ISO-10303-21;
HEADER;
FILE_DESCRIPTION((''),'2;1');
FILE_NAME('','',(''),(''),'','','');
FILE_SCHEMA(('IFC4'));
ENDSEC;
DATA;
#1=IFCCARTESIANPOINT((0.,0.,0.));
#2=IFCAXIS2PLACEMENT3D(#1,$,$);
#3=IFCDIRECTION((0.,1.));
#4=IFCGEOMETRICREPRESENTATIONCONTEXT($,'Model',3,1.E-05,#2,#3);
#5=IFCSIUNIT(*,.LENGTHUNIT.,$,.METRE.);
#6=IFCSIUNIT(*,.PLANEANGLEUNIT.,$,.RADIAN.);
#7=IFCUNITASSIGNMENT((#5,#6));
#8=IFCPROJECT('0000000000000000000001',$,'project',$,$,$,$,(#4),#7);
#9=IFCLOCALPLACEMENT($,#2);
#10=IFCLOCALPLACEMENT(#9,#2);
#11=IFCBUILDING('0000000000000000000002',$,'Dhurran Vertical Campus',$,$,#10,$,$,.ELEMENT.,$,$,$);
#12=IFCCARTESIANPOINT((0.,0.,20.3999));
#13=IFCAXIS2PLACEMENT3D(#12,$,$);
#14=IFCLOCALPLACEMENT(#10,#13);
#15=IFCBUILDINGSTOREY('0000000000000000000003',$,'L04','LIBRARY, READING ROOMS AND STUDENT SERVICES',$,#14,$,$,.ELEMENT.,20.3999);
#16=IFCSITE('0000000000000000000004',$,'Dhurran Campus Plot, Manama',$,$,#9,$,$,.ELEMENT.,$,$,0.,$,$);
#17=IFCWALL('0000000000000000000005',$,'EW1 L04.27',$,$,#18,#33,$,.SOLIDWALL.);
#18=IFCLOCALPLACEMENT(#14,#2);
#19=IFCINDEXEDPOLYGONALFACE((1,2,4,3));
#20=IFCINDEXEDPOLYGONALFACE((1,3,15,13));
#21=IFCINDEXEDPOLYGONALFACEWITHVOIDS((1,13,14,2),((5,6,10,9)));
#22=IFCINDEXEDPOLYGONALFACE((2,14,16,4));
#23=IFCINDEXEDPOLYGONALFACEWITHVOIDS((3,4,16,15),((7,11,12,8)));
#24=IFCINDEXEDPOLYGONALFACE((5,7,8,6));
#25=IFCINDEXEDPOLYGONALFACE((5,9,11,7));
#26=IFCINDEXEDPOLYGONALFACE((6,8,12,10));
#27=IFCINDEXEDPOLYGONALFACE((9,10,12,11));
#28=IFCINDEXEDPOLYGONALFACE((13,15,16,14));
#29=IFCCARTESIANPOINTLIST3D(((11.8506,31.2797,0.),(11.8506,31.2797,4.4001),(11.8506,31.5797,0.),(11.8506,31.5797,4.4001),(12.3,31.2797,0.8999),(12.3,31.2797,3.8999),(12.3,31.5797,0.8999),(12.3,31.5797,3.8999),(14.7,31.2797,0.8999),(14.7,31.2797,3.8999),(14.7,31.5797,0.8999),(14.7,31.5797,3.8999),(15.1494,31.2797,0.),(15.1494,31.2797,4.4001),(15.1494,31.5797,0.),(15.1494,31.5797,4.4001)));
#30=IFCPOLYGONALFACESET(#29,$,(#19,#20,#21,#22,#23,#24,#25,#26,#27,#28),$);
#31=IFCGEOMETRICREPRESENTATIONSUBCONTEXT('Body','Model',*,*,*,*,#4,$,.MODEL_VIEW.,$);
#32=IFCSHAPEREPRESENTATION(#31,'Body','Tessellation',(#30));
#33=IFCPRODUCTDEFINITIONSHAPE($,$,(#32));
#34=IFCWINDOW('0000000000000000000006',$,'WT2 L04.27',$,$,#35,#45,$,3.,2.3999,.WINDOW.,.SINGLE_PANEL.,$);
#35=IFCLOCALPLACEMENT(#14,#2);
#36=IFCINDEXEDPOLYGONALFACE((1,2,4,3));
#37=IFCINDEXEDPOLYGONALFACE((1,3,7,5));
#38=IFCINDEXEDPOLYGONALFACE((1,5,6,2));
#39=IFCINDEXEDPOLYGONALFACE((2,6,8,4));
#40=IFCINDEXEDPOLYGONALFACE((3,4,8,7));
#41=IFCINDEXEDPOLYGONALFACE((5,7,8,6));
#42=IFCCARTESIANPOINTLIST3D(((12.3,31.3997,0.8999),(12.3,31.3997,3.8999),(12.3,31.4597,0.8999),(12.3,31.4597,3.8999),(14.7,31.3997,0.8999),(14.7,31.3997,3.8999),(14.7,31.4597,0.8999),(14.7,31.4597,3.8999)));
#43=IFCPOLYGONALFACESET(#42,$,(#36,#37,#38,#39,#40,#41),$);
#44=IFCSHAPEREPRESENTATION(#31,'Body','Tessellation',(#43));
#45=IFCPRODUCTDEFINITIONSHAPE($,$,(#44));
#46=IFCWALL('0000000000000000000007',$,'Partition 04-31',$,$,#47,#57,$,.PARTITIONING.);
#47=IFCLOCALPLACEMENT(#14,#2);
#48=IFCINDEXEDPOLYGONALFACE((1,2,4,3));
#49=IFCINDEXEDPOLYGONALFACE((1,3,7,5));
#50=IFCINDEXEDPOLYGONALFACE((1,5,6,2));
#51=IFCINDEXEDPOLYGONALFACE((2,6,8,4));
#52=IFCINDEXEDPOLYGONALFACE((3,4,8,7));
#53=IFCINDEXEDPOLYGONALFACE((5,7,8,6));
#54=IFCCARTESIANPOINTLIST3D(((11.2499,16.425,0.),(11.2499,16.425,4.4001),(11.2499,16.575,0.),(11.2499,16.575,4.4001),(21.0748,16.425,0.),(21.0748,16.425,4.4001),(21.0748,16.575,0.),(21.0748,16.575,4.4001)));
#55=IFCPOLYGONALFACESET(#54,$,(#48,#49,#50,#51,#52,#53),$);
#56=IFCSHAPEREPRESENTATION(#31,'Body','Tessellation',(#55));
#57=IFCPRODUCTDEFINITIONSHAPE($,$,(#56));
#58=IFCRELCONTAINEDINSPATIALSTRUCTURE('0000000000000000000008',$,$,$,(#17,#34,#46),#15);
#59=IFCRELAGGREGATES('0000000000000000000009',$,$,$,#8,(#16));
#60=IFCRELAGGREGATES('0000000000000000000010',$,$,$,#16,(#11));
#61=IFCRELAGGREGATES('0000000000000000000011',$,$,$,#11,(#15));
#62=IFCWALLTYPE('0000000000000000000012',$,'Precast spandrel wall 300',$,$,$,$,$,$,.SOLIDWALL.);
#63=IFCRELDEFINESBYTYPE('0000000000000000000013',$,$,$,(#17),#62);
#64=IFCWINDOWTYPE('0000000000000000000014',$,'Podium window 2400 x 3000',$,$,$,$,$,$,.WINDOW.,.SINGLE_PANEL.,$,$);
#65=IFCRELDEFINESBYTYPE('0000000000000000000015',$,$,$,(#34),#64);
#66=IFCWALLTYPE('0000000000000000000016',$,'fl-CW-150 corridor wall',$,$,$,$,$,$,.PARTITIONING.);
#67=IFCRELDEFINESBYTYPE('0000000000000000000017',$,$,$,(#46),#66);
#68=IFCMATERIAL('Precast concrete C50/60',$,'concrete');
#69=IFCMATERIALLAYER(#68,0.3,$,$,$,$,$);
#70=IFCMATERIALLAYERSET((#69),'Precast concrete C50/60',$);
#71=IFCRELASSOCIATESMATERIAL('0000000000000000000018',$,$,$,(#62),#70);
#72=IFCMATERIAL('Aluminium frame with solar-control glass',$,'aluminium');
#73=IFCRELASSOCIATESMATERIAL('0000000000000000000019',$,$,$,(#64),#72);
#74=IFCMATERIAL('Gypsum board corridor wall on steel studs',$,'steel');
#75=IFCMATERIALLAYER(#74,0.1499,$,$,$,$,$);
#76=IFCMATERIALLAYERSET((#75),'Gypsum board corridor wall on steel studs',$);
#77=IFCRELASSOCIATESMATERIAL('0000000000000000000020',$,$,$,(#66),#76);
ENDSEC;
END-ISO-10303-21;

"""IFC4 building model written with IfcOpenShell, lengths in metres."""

from ifc_helpers import new_model, si_unit, direction, frame, frame_2d, origin, place, context, subcontext, project, spatial, rectangle, extrude, material, layer, layer_set, type_object, element, fill, save


model = new_model("IFC4")

# Units and contexts
model_context = context("Model", 3, precision=1e-05, world=origin(), true_north=direction((0.0, 1.0)))
body_context = subcontext(model_context, "Body", "Model", "MODEL_VIEW")
ifc_project = project(units=[si_unit("LENGTHUNIT", "METRE"), si_unit("PLANEANGLEUNIT", "RADIAN")], contexts=[model_context])

# Site, building, storey
site_placement = place(None, origin())
site = spatial("IfcSite", under=ifc_project, at=site_placement, Name="Dhurran Campus Plot, Manama", CompositionType="ELEMENT", RefElevation=0.0)
building_placement = place(site_placement, origin())
building = spatial("IfcBuilding", under=site, at=building_placement, Name="Dhurran Vertical Campus", CompositionType="ELEMENT")
storey_placement = place(building_placement, frame((0.0, 0.0, 20.3999)))
storey = spatial("IfcBuildingStorey", under=building, at=storey_placement, Name="L04", Description="LIBRARY, READING ROOMS AND STUDENT SERVICES", CompositionType="ELEMENT", Elevation=20.3999)

# Wall, opening, window
ifc_material_1 = material(Name="Precast concrete C50/60", Category="concrete")
ifc_layer_1 = layer(ifc_material_1, 0.3)
ifc_layer_set_1 = layer_set([ifc_layer_1], Name="Precast concrete C50/60")
wall_type_1 = type_object("IfcWallType", Name="Precast spandrel wall 300", PredefinedType="SOLIDWALL", material=ifc_layer_set_1)
ifc_material_2 = material(Name="Aluminium frame with solar-control glass", Category="aluminium")
window_type = type_object("IfcWindowType", Name="Podium window 2400 x 3000", PartitioningType="SINGLE_PANEL", PredefinedType="WINDOW", material=ifc_material_2)
wall_1_placement = place(storey_placement, frame((15.1494, 31.4297, 0.0), z_axis=(0.0, 0.0, 1.0), x_axis=(-1.0, 0.0, 0.0)))
wall_1 = element("IfcWall", 1, at=wall_1_placement, inside=storey, type_object=wall_type_1, Name="EW1 L04.27", PredefinedType="SOLIDWALL", context=body_context, shape_type="SweptSolid", body=[
    extrude(rectangle(XDim=3.2988, YDim=0.3, at=frame_2d((1.6494, 0.0))), origin(), (0.0, 0.0, 1.0), 4.4001),
])
opening_1_placement = place(wall_1_placement, frame((0.4495, 0.0, 0.8999)))
opening_1 = element("IfcOpeningElement", 2, at=opening_1_placement, cuts=wall_1, PredefinedType="OPENING", context=body_context, shape_type="SweptSolid", body=[
    extrude(rectangle(XDim=2.3999, YDim=3.0, at=frame_2d((1.2, 1.5))), frame((0.0, 0.1599, 0.0), z_axis=(0.0, -1.0, 0.0), x_axis=(1.0, 0.0, 0.0)), (0.0, 0.0, 1.0), 0.3201),
])
window_1_placement = place(opening_1_placement, origin())
window_1 = element("IfcWindow", 3, at=window_1_placement, inside=storey, type_object=window_type, Name="WT2 L04.27", OverallHeight=3.0, OverallWidth=2.3999, PartitioningType="SINGLE_PANEL", PredefinedType="WINDOW", context=body_context, shape_type="SweptSolid", body=[
    extrude(rectangle(XDim=2.3999, YDim=3.0, at=frame_2d((1.2, 1.5))), frame((0.0, 0.03, 0.0), z_axis=(0.0, -1.0, 0.0), x_axis=(1.0, 0.0, 0.0)), (0.0, 0.0, 1.0), 0.0601),
])
fill(opening_1, window_1)

# Wall
ifc_material_3 = material(Name="Gypsum board corridor wall on steel studs", Category="steel")
ifc_layer_2 = layer(ifc_material_3, 0.1499)
ifc_layer_set_2 = layer_set([ifc_layer_2], Name="Gypsum board corridor wall on steel studs")
wall_type_2 = type_object("IfcWallType", Name="fl-CW-150 corridor wall", PredefinedType="PARTITIONING", material=ifc_layer_set_2)
wall_2_placement = place(storey_placement, frame((21.075, 16.5, 0.0), z_axis=(0.0, 0.0, 1.0), x_axis=(-1.0, 0.0, 0.0)))
element("IfcWall", 4, at=wall_2_placement, inside=storey, type_object=wall_type_2, Name="Partition 04-31", PredefinedType="PARTITIONING", context=body_context, shape_type="SweptSolid", body=[
    extrude(rectangle(XDim=9.825, YDim=0.1499, at=frame_2d((4.9126, 0.0))), origin(), (0.0, 0.0, 1.0), 4.4001),
])

save(model, "model.ifc")
